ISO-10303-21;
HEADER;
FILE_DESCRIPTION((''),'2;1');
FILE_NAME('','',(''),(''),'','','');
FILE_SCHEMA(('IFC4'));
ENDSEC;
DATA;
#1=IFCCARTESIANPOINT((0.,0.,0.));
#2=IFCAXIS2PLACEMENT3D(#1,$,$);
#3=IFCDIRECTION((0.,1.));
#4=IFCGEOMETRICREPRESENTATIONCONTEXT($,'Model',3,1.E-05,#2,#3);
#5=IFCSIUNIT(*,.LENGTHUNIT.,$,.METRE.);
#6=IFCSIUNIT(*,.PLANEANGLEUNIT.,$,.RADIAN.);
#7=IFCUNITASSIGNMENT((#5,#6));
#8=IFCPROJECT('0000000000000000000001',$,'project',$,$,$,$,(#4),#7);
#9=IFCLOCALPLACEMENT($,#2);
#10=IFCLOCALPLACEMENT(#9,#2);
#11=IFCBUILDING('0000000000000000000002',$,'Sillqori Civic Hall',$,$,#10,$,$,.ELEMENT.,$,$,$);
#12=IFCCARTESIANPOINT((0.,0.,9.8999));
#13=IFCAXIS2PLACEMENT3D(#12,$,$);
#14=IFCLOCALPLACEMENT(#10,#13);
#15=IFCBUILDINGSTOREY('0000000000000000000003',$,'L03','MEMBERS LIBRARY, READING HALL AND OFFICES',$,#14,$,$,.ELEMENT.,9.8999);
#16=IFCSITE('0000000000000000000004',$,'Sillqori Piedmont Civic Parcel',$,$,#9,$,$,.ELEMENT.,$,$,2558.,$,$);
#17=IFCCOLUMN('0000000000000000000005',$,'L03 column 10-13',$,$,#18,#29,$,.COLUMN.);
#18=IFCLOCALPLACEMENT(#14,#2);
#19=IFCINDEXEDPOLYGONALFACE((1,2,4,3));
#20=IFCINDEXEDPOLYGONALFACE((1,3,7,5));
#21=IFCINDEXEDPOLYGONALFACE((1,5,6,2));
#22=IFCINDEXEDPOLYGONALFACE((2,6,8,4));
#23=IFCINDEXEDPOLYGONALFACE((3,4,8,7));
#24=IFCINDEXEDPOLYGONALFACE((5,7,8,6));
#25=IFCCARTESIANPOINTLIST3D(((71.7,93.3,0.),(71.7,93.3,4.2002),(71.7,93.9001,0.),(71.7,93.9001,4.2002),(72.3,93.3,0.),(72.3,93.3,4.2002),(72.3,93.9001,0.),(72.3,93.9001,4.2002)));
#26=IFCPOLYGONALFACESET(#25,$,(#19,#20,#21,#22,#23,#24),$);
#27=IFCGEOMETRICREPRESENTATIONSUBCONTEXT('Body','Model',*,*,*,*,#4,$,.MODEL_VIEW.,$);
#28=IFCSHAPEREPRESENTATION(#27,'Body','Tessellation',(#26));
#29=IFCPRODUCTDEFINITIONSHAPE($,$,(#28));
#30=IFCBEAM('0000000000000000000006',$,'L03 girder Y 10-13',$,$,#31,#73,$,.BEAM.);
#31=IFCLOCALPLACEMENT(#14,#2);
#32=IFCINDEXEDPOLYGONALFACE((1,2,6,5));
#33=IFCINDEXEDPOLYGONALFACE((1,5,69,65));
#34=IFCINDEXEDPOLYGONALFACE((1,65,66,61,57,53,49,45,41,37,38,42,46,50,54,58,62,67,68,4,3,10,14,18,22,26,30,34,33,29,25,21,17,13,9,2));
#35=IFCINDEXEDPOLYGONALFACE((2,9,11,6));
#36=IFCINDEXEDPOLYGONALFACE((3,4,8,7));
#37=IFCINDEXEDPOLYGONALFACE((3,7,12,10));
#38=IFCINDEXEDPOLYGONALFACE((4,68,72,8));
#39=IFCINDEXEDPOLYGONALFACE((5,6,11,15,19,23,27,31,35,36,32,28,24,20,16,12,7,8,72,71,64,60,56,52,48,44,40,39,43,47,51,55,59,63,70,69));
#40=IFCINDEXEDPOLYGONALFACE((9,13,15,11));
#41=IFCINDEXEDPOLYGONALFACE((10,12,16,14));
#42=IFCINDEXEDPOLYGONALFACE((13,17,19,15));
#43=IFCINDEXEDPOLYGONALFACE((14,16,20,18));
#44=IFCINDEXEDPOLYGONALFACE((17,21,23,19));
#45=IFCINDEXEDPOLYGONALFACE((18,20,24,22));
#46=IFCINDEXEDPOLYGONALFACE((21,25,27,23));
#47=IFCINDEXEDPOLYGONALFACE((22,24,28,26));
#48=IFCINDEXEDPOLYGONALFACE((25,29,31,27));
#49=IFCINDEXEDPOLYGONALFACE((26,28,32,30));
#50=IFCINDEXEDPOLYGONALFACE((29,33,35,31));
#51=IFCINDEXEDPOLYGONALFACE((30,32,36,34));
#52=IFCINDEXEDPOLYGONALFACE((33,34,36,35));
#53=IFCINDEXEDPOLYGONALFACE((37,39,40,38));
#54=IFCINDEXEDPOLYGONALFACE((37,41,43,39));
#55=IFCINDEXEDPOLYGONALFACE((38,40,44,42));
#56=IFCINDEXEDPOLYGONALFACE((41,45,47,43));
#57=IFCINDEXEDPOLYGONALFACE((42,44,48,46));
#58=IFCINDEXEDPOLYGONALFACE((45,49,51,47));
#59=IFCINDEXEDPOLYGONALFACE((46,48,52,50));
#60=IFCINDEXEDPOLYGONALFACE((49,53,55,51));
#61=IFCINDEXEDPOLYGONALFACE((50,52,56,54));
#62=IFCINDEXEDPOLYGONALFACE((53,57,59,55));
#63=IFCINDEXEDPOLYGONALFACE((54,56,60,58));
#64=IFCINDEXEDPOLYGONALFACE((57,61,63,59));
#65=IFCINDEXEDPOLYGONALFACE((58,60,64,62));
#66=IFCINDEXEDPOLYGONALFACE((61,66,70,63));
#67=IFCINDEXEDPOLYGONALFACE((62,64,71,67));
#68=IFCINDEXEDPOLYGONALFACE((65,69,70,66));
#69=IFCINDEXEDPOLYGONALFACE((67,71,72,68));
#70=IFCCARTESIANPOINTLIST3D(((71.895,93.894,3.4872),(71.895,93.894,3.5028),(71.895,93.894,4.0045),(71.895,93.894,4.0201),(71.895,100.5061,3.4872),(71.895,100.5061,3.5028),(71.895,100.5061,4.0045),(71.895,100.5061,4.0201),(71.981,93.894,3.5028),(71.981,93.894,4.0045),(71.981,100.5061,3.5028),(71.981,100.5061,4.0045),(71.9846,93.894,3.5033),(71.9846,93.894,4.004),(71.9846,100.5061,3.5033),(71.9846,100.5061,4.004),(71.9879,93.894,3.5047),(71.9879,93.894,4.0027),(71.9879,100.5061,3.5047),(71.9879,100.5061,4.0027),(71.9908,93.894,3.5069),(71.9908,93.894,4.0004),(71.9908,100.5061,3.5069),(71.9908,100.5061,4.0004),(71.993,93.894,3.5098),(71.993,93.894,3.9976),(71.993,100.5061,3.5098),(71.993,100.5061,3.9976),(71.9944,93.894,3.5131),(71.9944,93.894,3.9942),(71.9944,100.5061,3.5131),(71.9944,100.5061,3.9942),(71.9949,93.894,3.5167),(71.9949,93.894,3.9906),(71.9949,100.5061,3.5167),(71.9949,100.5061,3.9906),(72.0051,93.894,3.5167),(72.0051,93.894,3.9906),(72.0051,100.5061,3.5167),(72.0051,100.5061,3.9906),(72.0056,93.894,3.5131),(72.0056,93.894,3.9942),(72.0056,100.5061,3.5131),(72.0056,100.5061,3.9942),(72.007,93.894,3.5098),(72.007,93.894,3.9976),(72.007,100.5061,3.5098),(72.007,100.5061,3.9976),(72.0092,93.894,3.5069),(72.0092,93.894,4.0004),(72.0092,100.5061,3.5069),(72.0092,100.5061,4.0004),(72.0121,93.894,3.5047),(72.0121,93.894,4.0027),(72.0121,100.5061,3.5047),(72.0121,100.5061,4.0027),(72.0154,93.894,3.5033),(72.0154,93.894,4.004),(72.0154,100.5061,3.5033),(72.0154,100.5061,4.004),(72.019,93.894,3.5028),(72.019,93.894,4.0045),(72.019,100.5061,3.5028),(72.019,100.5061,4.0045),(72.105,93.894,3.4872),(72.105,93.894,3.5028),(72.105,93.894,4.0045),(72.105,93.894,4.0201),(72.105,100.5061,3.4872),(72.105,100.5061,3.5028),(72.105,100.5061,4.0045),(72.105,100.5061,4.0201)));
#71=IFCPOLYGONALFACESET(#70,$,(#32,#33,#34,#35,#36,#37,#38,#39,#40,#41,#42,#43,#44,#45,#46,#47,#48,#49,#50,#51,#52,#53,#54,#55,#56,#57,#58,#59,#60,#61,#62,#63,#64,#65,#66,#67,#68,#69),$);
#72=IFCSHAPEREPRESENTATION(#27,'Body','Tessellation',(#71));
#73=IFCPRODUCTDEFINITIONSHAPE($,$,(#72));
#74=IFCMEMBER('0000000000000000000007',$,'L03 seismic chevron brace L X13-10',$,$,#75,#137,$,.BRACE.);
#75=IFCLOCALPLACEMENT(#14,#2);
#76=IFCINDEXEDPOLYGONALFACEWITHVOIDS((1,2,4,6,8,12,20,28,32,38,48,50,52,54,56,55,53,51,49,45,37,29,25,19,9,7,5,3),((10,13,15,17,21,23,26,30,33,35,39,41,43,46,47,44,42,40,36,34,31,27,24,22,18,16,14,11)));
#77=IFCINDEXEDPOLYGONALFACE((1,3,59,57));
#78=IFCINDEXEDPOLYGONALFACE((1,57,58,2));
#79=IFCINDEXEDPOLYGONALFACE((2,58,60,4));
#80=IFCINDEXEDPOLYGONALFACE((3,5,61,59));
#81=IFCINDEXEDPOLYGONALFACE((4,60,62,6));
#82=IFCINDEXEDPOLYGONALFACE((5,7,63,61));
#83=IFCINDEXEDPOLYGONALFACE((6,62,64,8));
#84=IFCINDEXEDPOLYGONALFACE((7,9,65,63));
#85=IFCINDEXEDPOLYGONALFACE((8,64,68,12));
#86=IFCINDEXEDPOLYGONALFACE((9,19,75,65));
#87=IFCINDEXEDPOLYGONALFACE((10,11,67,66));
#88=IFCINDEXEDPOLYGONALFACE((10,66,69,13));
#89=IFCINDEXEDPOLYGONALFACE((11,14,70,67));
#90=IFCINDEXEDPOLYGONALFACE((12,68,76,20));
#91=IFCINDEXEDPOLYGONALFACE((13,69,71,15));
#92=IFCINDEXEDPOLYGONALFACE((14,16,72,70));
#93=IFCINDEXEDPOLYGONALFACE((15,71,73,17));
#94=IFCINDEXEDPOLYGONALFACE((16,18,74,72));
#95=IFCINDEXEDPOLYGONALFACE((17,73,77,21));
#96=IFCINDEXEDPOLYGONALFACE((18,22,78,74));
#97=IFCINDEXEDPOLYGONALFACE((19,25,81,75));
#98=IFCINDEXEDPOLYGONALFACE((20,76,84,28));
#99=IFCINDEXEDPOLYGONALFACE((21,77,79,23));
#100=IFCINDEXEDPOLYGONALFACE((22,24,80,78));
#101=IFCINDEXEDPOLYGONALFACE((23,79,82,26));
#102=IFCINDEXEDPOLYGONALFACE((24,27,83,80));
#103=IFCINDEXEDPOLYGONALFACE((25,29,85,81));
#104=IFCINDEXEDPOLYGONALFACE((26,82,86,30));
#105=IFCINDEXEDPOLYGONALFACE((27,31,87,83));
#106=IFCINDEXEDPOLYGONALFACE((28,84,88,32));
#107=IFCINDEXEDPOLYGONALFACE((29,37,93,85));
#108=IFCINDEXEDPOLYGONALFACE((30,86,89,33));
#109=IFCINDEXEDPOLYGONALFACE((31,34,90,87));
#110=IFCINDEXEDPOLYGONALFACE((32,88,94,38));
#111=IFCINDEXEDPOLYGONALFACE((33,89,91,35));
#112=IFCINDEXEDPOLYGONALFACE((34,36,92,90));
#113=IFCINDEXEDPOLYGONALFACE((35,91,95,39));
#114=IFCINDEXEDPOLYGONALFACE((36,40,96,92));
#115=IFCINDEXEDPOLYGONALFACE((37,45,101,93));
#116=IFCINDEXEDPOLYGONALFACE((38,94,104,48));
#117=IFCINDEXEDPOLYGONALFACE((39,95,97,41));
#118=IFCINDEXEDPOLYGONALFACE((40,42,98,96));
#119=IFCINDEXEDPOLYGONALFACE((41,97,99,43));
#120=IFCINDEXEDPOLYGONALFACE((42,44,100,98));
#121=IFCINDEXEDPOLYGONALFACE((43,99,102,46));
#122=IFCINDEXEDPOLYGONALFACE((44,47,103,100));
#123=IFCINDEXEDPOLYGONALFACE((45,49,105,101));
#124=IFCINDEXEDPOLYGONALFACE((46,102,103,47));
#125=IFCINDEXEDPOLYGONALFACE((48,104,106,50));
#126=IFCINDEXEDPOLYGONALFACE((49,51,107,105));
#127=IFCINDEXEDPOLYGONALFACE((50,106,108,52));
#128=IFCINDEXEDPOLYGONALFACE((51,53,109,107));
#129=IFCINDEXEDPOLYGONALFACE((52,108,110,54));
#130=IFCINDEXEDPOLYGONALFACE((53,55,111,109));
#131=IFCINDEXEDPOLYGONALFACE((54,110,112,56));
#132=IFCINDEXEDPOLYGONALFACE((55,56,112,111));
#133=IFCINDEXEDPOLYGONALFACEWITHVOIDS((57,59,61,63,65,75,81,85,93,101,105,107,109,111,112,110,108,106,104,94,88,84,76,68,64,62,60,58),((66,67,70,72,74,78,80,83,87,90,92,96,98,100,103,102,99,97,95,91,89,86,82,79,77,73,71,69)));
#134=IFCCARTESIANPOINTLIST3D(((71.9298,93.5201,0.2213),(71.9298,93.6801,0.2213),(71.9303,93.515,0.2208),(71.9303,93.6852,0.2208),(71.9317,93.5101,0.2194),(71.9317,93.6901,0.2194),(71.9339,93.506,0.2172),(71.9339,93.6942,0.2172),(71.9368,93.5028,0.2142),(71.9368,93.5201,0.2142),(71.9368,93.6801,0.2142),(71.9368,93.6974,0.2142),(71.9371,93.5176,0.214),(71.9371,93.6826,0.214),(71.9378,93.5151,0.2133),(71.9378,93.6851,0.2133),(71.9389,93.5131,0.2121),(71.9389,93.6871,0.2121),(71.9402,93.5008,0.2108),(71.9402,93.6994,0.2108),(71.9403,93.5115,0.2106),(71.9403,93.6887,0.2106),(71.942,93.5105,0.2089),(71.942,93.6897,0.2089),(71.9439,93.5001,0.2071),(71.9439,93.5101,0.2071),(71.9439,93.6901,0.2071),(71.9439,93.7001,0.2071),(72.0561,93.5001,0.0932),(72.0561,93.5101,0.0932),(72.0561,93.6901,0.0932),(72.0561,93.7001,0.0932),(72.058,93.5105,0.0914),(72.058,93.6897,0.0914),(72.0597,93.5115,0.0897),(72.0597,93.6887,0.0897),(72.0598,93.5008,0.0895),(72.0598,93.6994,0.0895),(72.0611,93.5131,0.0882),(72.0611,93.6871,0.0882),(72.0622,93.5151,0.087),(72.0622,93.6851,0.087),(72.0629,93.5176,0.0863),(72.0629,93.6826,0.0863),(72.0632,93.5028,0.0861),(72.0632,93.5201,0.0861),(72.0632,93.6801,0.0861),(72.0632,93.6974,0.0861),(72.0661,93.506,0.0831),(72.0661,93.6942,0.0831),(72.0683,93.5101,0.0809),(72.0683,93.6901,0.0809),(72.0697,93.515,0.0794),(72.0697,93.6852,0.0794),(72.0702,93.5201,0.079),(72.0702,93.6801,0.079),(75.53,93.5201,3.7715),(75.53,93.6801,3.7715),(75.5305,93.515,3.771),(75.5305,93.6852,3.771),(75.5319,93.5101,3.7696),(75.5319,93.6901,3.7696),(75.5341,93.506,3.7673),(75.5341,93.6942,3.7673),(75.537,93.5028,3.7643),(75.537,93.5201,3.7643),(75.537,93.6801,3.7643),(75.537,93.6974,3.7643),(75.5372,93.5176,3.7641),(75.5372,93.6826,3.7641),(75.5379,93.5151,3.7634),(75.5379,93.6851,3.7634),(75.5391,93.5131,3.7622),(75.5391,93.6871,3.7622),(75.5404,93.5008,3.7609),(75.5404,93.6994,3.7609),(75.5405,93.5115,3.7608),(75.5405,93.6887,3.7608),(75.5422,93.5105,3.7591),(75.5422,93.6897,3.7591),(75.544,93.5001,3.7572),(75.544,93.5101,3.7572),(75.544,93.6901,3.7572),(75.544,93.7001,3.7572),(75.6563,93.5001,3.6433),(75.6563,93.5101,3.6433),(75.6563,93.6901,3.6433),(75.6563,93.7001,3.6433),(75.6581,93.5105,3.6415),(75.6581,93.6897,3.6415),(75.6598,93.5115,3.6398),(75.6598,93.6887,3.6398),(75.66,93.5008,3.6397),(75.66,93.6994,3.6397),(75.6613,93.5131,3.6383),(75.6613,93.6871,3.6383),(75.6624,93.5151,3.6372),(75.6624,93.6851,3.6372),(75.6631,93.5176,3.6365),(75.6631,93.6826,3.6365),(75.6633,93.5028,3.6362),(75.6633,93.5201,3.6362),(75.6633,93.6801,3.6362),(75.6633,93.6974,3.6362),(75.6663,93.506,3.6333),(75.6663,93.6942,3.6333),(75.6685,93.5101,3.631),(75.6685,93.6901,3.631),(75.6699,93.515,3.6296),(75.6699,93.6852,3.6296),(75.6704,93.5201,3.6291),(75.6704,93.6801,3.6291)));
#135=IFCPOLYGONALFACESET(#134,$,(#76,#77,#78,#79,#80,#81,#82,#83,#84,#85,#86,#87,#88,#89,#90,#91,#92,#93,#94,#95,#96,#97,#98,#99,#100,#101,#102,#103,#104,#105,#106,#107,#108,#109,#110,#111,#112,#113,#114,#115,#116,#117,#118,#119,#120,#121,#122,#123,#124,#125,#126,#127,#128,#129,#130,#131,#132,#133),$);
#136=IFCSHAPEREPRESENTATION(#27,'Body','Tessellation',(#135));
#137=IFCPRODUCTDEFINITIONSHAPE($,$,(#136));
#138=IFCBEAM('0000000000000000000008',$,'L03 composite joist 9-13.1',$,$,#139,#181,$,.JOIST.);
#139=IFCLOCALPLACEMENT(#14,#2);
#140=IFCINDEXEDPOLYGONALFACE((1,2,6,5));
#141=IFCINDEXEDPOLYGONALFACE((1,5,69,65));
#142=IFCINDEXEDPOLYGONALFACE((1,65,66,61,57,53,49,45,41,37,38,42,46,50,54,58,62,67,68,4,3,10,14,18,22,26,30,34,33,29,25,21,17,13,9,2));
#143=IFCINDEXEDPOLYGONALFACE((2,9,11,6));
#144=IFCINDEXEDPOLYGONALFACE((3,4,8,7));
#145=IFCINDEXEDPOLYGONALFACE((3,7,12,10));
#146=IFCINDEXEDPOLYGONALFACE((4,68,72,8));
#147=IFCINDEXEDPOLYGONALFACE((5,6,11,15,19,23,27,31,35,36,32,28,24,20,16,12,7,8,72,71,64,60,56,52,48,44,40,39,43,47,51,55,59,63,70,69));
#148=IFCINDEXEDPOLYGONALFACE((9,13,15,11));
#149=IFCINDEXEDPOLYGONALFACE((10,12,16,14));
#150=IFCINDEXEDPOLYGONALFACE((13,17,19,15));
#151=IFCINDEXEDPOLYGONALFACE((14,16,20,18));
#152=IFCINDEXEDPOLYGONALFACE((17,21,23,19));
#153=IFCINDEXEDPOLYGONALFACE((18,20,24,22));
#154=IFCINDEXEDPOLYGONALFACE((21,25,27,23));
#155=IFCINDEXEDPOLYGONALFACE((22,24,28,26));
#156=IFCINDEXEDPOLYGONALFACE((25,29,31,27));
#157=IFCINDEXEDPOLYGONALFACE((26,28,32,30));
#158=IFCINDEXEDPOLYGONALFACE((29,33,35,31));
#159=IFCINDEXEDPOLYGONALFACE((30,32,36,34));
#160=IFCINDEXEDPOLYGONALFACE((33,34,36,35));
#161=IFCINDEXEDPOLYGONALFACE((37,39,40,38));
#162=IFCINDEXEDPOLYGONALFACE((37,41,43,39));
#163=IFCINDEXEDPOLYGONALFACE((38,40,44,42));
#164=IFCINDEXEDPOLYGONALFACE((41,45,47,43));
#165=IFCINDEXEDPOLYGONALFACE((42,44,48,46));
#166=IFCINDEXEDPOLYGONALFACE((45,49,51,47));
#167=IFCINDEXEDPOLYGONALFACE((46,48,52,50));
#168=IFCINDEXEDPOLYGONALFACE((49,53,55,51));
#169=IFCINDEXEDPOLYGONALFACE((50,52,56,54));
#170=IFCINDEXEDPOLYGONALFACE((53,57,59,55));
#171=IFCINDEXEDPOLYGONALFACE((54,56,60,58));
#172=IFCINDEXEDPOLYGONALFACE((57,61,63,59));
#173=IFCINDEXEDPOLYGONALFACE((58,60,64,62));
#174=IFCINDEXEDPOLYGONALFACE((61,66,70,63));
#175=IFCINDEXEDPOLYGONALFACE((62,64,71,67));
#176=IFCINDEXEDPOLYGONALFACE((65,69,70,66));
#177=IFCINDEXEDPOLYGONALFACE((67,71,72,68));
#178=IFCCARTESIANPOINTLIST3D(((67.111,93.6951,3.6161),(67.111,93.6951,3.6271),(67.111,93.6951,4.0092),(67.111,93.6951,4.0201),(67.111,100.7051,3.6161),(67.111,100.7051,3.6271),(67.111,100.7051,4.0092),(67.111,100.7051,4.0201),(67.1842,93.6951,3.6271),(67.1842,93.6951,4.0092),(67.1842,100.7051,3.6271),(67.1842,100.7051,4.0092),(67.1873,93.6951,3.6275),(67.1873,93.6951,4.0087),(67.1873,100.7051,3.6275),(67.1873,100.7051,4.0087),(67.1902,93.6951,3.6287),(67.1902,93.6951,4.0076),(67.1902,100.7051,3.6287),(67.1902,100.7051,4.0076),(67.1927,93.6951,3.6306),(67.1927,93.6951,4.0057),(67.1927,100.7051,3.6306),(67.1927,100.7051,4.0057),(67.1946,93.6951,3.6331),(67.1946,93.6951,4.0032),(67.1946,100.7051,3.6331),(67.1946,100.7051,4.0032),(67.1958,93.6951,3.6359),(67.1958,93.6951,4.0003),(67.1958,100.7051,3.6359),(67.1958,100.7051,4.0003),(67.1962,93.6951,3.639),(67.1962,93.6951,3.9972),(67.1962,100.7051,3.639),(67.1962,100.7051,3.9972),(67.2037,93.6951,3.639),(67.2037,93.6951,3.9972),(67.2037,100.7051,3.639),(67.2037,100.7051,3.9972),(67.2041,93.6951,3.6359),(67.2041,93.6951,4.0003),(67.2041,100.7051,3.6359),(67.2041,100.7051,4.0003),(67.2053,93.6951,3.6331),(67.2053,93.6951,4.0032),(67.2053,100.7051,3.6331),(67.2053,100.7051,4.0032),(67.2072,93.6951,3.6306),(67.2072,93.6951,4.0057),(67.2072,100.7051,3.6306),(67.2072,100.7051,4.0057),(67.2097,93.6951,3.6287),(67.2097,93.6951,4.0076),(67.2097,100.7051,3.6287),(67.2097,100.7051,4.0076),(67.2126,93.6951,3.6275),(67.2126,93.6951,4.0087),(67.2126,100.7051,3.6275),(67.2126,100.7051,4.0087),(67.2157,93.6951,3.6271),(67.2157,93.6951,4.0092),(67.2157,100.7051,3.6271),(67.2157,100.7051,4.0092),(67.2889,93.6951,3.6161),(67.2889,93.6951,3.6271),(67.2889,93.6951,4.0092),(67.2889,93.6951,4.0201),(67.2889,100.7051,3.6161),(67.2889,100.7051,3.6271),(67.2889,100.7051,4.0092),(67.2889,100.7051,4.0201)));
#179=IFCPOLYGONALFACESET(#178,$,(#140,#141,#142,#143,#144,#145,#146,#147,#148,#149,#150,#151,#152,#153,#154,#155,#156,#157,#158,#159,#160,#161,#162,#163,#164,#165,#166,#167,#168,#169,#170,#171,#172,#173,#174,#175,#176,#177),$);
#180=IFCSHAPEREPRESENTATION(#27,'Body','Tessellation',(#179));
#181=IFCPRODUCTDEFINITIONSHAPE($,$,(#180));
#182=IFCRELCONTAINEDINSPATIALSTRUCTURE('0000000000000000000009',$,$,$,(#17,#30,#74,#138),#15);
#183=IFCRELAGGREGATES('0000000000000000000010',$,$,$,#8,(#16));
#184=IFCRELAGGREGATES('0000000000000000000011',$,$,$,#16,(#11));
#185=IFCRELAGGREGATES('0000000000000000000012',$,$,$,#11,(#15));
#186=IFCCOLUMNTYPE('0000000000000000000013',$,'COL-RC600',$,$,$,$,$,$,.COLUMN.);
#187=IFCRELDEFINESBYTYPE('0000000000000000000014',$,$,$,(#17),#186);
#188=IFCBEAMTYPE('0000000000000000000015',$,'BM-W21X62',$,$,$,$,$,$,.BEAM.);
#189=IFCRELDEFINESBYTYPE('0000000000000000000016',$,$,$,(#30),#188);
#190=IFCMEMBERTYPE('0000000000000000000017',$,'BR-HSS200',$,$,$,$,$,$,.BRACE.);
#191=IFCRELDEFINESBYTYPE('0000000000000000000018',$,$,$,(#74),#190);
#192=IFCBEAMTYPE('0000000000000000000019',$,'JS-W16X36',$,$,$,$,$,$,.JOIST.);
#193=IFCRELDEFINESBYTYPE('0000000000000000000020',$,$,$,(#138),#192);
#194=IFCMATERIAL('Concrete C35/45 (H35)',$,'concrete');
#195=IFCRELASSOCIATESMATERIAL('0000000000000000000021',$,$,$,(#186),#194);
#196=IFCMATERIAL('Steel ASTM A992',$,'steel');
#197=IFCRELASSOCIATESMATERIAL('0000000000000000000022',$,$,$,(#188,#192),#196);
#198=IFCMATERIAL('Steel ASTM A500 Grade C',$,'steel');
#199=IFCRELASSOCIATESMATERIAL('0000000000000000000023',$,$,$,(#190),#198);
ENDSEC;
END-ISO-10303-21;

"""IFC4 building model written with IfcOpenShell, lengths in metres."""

from ifc_helpers import new_model, si_unit, direction, frame, origin, origin_2d, place, context, subcontext, project, spatial, rectangle, hollow_rectangle, i_section, extrude, material, material_profile, profile_set, type_object, element, save


model = new_model("IFC4")

# Units and contexts
model_context = context("Model", 3, precision=1e-05, world=origin(), true_north=direction((0.0, 1.0)))
body_context = subcontext(model_context, "Body", "Model", "MODEL_VIEW")
ifc_project = project(units=[si_unit("LENGTHUNIT", "METRE"), si_unit("PLANEANGLEUNIT", "RADIAN")], contexts=[model_context])

# Site, building, storey
site_placement = place(None, origin())
site = spatial("IfcSite", under=ifc_project, at=site_placement, Name="Sillqori Piedmont Civic Parcel", CompositionType="ELEMENT", RefElevation=2558.0)
building_placement = place(site_placement, origin())
building = spatial("IfcBuilding", under=site, at=building_placement, Name="Sillqori Civic Hall", CompositionType="ELEMENT")
storey_placement = place(building_placement, frame((0.0, 0.0, 9.8999)))
storey = spatial("IfcBuildingStorey", under=building, at=storey_placement, Name="L03", Description="MEMBERS LIBRARY, READING HALL AND OFFICES", CompositionType="ELEMENT", Elevation=9.8999)

# Column
ifc_material_1 = material(Name="Concrete C35/45 (H35)", Category="concrete")
ifc_material_profile_1 = material_profile(ifc_material_1, rectangle(XDim=0.6001, YDim=0.6001, at=origin_2d()), Name="RC 600x600")
ifc_profile_set_1 = profile_set([ifc_material_profile_1], Name="Concrete C35/45 (H35)")
column_type = type_object("IfcColumnType", Name="COL-RC600", PredefinedType="COLUMN", material=ifc_profile_set_1)
column_placement = place(storey_placement, frame((72.0, 93.6001, 0.0), z_axis=(0.0, 0.0, 1.0), x_axis=(1.0, 0.0, 0.0)))
element("IfcColumn", 1, at=column_placement, inside=storey, type_object=column_type, Name="L03 column 10-13", PredefinedType="COLUMN", context=body_context, shape_type="SweptSolid", body=[
    extrude(rectangle(XDim=0.6001, YDim=0.6001, at=origin_2d()), origin(), (0.0, 0.0, 1.0), 4.2002),
])

# Beam
ifc_material_2 = material(Name="Steel ASTM A992", Category="steel")
ifc_material_profile_2 = material_profile(ifc_material_2, i_section(OverallWidth=0.21, OverallDepth=0.533, WebThickness=0.0103, FlangeThickness=0.0156, FilletRadius=0.0139, at=origin_2d()), Name="W21X62")
ifc_profile_set_2 = profile_set([ifc_material_profile_2], Name="Steel ASTM A992")
beam_type_1 = type_object("IfcBeamType", Name="BM-W21X62", PredefinedType="BEAM", material=ifc_profile_set_2)
beam_placement = place(storey_placement, frame((72.0, 93.894, 3.7537), z_axis=(0.0, 1.0, 0.0), x_axis=(-1.0, 0.0, 0.0)))
element("IfcBeam", 2, at=beam_placement, inside=storey, type_object=beam_type_1, Name="L03 girder Y 10-13", PredefinedType="BEAM", context=body_context, shape_type="SweptSolid", body=[
    extrude(i_section(OverallWidth=0.21, OverallDepth=0.533, WebThickness=0.0103, FlangeThickness=0.0156, FilletRadius=0.0139, at=origin_2d()), origin(), (0.0, 0.0, 1.0), 6.6121),
])

# Member
ifc_material_3 = material(Name="Steel ASTM A500 Grade C", Category="steel")
ifc_material_profile_3 = material_profile(ifc_material_3, hollow_rectangle(XDim=0.2, YDim=0.2, WallThickness=0.01, InnerFilletRadius=0.01, OuterFilletRadius=0.02, at=origin_2d()), Name="HSS200X200X10")
ifc_profile_set_3 = profile_set([ifc_material_profile_3], Name="Steel ASTM A500 Grade C")
member_type_1 = type_object("IfcMemberType", Name="BR-HSS200", PredefinedType="BRACE", material=ifc_profile_set_3)
member_1_placement = place(storey_placement, frame((72.0, 93.6001, 0.1501), z_axis=(0.712039, 0.0, 0.70214), x_axis=(0.0, 1.0, 0.0)))
element("IfcMember", 3, at=member_1_placement, inside=storey, type_object=member_type_1, Name="L03 seismic chevron brace L X13-10", PredefinedType="BRACE", context=body_context, shape_type="SweptSolid", body=[
    extrude(hollow_rectangle(XDim=0.2, YDim=0.2, WallThickness=0.01, InnerFilletRadius=0.01, OuterFilletRadius=0.02, at=origin_2d()), origin(), (0.0, 0.0, 1.0), 5.0562),
])

# Beam
ifc_material_profile_4 = material_profile(ifc_material_2, i_section(OverallWidth=0.178, OverallDepth=0.4041, WebThickness=0.0076, FlangeThickness=0.011, FilletRadius=0.012, at=origin_2d()), Name="W16X36")
ifc_profile_set_4 = profile_set([ifc_material_profile_4], Name="Steel ASTM A992")
beam_type_2 = type_object("IfcBeamType", Name="JS-W16X36", PredefinedType="JOIST", material=ifc_profile_set_4)
for number, where, z_axis, x_axis, name in (
    (4, (67.2, 93.6951, 3.8181), (0.0, 1.0, 0.0), (-1.0, 0.0, 0.0), "L03 composite joist 9-13.1"),
):
    element("IfcBeam", number, at=place(storey_placement, frame(where, z_axis=z_axis, x_axis=x_axis)), inside=storey, type_object=beam_type_2, Name=name, PredefinedType="JOIST", context=body_context, shape_type="SweptSolid", body=[
        extrude(i_section(OverallWidth=0.178, OverallDepth=0.4041, WebThickness=0.0076, FlangeThickness=0.011, FilletRadius=0.012, at=origin_2d()), origin(), (0.0, 0.0, 1.0), 7.01),
    ])

save(model, "model.ifc")
